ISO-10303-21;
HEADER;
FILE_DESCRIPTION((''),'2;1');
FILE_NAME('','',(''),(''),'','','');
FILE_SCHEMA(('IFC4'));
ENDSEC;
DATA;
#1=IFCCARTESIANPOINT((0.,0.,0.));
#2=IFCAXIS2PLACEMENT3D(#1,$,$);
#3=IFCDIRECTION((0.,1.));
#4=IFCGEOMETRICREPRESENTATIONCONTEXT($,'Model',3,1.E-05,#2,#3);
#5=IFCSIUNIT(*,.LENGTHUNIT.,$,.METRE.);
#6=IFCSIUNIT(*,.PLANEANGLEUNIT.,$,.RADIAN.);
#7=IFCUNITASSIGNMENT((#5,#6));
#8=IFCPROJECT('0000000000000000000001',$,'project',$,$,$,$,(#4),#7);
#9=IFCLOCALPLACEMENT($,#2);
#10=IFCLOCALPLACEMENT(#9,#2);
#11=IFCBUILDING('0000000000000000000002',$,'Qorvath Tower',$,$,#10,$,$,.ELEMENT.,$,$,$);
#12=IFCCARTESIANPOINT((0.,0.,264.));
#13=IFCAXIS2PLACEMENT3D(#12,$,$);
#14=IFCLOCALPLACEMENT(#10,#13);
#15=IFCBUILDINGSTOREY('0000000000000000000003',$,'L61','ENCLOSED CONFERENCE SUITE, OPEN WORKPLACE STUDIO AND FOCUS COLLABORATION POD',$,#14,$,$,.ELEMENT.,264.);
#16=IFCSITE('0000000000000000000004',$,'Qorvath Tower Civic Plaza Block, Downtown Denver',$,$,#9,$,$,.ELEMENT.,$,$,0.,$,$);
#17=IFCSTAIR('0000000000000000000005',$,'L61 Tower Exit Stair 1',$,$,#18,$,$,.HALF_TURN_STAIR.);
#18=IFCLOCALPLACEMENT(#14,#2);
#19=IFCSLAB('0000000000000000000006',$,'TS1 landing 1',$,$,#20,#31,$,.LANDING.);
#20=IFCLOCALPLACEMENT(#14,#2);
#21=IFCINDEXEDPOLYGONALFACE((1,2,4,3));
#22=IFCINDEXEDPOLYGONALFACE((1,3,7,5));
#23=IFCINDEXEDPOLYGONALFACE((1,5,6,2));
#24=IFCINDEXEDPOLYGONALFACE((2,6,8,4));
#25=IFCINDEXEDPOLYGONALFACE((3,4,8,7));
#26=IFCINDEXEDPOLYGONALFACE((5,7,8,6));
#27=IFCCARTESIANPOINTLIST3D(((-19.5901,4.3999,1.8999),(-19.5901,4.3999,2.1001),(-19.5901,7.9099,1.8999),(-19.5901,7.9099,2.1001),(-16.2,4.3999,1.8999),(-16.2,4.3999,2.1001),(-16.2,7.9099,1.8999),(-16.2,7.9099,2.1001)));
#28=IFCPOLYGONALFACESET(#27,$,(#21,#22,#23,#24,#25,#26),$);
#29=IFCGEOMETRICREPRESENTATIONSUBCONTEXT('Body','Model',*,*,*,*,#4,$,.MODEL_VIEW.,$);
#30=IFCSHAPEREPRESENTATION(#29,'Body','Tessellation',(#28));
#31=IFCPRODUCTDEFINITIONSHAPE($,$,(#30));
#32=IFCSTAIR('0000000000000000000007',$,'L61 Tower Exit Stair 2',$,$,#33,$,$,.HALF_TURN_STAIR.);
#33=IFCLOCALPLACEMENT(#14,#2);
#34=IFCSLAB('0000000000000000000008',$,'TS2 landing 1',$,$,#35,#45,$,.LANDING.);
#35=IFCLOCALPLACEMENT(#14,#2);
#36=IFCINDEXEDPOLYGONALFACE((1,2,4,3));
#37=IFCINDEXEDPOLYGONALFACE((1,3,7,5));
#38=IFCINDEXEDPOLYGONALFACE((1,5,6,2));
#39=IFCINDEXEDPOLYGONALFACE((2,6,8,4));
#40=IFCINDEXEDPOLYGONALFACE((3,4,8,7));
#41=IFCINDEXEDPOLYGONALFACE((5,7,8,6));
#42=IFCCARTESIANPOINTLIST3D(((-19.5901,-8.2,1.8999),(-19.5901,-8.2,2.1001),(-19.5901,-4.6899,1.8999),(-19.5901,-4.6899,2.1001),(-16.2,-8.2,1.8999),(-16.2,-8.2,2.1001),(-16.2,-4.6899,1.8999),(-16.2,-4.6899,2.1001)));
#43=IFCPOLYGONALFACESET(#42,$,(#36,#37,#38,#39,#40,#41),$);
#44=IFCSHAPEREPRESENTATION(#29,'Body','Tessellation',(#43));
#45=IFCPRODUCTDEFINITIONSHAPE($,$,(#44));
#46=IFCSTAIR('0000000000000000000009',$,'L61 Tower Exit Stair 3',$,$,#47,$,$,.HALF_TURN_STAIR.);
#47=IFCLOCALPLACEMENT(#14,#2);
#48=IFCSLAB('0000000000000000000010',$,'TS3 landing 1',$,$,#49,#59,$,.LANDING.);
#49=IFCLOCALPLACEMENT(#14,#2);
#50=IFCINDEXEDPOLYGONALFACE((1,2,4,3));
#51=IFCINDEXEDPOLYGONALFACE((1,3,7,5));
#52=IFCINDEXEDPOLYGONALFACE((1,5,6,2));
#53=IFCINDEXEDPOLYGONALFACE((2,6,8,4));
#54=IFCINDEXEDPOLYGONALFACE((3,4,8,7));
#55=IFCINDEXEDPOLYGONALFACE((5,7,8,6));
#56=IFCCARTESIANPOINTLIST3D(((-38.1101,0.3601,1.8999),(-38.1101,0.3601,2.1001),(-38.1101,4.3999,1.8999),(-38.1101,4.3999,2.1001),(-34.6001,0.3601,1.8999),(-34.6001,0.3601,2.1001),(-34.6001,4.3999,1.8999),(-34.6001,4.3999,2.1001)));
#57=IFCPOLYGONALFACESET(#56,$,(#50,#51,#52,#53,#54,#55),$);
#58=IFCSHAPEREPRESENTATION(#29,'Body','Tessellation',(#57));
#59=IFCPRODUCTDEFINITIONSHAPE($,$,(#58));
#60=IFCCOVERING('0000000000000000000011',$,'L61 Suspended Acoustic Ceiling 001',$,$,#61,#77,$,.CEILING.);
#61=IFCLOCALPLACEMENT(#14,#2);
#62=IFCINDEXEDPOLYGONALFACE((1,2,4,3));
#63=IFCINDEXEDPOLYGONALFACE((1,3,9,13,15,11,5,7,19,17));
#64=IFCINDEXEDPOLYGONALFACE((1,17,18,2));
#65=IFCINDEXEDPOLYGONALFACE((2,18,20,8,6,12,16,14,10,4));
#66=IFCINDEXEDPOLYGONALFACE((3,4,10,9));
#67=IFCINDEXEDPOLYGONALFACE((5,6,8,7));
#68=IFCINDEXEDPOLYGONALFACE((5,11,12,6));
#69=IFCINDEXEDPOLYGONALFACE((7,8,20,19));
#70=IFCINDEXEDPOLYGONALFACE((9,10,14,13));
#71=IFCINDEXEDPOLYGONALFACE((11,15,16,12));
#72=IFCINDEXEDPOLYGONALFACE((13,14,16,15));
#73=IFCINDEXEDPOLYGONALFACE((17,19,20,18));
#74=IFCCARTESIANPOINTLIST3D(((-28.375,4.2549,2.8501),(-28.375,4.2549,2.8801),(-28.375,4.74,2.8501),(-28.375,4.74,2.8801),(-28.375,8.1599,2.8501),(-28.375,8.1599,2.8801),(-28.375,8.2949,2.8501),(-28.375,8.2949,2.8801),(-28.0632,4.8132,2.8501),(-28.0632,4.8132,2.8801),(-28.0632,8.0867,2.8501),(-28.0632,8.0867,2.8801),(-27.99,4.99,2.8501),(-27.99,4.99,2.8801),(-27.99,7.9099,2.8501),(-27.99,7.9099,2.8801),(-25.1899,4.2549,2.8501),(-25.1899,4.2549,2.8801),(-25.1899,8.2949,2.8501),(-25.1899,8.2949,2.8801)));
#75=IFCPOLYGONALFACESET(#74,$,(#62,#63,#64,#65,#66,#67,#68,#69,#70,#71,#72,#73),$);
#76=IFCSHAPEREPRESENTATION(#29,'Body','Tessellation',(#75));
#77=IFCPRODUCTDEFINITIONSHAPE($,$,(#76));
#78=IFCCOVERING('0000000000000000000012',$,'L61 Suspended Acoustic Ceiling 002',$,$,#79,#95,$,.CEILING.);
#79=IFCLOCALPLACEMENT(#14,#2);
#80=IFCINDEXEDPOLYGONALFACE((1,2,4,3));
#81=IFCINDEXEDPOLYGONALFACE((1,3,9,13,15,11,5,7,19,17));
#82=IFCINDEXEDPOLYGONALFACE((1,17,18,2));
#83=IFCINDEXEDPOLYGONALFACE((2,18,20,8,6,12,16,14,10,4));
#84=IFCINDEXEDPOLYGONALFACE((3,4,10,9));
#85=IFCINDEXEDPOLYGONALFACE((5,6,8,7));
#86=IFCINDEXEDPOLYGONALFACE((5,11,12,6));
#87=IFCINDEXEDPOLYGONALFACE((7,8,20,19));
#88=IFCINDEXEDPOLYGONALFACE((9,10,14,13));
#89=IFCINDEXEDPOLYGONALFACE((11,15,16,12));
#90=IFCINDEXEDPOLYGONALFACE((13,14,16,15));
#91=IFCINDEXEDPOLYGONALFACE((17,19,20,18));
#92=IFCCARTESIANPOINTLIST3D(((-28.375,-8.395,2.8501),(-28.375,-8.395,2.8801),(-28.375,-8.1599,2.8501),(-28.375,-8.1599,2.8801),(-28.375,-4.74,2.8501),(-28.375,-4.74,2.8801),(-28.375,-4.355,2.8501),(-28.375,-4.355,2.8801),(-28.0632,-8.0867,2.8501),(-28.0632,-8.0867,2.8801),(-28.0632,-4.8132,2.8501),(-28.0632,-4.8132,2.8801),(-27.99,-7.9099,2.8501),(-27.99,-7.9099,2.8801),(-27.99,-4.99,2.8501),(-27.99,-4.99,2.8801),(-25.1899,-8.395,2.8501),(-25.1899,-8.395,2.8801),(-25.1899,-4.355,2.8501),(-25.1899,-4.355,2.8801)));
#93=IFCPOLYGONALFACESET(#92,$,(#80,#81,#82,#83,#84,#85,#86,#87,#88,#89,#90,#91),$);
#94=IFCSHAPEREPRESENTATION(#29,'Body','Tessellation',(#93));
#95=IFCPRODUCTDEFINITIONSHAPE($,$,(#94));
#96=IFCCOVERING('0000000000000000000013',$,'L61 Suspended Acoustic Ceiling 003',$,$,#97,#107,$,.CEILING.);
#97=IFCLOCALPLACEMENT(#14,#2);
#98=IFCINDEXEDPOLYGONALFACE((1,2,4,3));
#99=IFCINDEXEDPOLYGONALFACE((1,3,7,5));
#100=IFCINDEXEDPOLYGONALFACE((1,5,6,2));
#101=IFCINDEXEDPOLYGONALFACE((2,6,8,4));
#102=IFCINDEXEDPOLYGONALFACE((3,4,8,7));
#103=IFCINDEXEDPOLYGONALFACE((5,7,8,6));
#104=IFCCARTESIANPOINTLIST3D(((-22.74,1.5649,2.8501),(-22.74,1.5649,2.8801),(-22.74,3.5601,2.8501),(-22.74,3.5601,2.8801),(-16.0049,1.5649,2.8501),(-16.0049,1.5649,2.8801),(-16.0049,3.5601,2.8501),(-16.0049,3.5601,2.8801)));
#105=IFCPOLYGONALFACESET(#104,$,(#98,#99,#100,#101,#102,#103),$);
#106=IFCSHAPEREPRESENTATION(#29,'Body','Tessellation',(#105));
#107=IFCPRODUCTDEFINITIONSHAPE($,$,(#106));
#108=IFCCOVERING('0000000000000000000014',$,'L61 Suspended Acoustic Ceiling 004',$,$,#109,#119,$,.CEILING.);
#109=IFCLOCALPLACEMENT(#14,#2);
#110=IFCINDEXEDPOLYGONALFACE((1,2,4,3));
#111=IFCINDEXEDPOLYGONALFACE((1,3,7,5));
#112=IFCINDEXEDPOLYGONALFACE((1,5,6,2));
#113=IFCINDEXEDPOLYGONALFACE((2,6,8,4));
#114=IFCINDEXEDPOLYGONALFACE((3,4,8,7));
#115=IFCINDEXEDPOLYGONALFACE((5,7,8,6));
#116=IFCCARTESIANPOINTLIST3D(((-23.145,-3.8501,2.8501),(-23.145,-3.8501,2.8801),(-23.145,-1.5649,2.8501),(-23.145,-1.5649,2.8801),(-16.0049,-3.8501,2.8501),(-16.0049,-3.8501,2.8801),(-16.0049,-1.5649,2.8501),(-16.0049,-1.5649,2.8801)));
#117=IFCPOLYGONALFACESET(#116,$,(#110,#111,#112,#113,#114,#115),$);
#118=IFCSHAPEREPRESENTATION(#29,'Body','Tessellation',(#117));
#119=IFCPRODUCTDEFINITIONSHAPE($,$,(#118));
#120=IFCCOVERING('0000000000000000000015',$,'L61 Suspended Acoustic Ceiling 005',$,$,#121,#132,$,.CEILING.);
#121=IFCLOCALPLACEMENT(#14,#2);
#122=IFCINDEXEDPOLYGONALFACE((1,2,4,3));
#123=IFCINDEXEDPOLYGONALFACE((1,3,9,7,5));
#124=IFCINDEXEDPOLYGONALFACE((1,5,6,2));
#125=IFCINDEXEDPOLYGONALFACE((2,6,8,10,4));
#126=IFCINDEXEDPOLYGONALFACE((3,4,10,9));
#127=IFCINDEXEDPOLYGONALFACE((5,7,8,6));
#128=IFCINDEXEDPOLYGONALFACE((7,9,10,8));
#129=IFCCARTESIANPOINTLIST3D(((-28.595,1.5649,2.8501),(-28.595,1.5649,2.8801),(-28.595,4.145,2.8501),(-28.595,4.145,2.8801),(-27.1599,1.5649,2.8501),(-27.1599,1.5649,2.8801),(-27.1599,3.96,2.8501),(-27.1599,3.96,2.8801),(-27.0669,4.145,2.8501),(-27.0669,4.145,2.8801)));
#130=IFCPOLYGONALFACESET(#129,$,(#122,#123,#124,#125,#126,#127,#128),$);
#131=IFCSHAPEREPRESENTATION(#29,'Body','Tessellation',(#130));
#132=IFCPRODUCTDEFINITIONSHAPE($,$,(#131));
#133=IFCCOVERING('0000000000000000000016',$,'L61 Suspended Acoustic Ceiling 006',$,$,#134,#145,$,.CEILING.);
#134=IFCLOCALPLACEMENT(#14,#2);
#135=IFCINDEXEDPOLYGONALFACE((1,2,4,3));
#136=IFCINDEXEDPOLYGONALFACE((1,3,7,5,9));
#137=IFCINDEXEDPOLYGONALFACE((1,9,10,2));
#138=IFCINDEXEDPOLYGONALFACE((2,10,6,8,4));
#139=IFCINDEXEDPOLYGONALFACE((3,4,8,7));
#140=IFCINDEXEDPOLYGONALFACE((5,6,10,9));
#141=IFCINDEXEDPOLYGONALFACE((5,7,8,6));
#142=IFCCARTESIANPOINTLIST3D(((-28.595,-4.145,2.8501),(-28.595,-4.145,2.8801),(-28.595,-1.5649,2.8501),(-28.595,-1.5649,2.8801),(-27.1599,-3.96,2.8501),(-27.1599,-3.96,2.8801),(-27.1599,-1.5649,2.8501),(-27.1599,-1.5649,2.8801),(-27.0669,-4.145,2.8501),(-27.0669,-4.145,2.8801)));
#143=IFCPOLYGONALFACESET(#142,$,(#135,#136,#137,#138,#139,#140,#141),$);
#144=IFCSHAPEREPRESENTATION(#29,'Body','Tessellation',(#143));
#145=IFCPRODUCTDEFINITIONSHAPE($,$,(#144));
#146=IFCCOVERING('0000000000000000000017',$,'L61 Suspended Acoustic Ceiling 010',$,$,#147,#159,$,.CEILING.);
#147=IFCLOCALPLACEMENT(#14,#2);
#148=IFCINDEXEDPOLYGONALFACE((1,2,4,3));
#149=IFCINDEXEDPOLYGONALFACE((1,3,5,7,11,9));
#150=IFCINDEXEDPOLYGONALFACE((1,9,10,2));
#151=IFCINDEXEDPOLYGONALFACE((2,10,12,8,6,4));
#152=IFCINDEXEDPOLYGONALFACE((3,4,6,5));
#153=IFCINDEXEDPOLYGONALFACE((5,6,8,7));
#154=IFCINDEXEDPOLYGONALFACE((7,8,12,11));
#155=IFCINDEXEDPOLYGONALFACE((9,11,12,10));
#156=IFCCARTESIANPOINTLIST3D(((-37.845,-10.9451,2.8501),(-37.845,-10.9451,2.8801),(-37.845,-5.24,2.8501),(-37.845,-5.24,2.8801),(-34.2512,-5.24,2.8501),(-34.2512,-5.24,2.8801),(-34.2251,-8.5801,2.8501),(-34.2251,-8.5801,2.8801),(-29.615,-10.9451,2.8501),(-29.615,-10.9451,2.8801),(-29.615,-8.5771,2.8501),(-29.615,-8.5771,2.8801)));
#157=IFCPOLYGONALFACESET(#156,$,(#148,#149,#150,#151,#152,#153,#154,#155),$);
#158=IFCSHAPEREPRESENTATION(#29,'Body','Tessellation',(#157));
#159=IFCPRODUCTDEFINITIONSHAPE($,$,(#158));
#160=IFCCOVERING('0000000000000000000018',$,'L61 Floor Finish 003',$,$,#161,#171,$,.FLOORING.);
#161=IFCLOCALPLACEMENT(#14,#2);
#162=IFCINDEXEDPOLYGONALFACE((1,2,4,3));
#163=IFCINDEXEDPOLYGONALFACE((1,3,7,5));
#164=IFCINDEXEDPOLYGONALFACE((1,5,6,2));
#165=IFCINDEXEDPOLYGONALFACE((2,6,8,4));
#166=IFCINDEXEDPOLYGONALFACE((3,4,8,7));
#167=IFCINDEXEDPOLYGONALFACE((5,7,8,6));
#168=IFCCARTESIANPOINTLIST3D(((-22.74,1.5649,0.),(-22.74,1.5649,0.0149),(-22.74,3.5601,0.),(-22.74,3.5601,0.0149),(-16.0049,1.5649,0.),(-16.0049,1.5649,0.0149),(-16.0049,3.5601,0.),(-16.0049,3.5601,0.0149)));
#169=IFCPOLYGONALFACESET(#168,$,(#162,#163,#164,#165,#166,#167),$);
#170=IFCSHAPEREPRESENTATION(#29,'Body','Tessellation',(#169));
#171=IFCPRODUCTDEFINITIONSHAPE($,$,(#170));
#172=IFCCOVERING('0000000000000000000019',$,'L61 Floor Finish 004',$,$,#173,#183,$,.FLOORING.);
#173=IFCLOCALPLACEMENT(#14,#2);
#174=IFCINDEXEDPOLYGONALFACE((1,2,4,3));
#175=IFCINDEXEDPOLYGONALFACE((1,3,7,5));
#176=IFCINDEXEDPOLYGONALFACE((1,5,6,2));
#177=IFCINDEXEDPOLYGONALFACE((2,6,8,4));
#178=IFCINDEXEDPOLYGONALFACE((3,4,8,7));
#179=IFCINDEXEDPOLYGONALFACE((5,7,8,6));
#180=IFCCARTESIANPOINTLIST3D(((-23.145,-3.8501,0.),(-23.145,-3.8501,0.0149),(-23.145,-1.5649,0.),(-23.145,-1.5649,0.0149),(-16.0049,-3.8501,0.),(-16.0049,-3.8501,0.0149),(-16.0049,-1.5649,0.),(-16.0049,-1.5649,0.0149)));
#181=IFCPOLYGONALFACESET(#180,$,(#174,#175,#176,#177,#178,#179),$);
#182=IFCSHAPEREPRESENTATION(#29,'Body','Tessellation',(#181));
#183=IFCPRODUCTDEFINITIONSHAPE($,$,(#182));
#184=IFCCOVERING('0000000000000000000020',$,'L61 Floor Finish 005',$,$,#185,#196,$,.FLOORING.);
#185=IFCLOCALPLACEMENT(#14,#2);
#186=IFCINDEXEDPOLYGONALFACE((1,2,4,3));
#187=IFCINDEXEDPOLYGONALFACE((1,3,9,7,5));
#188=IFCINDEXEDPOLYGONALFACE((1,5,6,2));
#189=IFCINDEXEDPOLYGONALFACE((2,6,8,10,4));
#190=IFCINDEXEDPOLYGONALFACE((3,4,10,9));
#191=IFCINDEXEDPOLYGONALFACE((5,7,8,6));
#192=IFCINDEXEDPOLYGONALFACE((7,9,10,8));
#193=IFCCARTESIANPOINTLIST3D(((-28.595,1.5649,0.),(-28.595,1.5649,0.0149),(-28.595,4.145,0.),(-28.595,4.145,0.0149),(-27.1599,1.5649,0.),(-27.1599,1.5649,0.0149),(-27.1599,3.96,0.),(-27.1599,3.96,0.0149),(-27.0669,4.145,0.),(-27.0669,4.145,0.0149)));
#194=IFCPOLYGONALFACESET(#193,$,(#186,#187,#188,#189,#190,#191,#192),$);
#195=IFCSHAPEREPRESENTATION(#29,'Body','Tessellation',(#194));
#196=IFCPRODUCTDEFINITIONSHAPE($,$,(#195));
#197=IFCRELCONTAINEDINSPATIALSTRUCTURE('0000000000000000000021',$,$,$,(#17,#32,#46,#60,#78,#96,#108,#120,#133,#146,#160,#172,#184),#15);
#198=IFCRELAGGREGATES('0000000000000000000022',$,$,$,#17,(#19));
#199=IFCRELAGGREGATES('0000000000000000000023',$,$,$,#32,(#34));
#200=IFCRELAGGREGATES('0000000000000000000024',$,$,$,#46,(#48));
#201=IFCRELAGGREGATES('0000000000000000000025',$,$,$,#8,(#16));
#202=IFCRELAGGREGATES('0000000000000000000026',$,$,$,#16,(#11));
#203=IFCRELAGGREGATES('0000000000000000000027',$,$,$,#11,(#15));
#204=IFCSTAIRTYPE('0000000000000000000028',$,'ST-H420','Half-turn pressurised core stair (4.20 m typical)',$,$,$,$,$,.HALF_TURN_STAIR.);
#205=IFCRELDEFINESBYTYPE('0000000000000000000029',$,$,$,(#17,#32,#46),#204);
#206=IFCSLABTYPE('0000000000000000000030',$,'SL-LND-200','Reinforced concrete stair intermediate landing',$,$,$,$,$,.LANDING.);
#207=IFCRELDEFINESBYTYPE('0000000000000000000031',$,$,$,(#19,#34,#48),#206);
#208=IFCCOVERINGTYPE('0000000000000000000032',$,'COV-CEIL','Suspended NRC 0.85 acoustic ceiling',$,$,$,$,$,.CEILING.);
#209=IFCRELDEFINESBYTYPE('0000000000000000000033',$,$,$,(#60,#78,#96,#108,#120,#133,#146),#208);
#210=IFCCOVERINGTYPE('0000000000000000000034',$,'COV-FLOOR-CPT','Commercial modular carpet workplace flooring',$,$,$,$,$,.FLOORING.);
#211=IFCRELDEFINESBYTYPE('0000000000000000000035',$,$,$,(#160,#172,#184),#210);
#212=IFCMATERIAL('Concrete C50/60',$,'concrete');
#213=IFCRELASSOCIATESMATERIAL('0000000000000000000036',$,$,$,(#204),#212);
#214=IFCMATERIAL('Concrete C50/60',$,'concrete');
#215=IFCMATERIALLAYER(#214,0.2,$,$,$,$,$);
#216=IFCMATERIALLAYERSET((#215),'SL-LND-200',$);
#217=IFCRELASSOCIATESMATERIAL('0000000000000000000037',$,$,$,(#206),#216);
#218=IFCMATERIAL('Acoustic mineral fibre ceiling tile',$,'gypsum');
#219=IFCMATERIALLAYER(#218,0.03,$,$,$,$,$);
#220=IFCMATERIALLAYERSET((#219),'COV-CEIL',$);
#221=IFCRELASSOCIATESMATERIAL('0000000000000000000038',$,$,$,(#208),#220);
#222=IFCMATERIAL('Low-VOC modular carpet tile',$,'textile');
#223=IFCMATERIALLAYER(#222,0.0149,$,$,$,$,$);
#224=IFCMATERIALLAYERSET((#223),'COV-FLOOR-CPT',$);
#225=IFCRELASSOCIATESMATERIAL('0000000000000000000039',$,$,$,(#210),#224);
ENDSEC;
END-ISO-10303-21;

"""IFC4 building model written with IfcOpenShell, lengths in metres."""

from ifc_helpers import new_model, si_unit, direction, frame, origin, place, context, subcontext, project, spatial, polyline, outline, extrude, material, layer, layer_set, type_object, element, aggregate, save


model = new_model("IFC4")

# Units and contexts
model_context = context("Model", 3, precision=1e-05, world=origin(), true_north=direction((0.0, 1.0)))
body_context = subcontext(model_context, "Body", "Model", "MODEL_VIEW")
ifc_project = project(units=[si_unit("LENGTHUNIT", "METRE"), si_unit("PLANEANGLEUNIT", "RADIAN")], contexts=[model_context])

# Site, building, storey
site_placement = place(None, origin())
site = spatial("IfcSite", under=ifc_project, at=site_placement, Name="Qorvath Tower Civic Plaza Block, Downtown Denver", CompositionType="ELEMENT", RefElevation=0.0)
building_placement = place(site_placement, origin())
building = spatial("IfcBuilding", under=site, at=building_placement, Name="Qorvath Tower", CompositionType="ELEMENT")
storey_placement = place(building_placement, frame((0.0, 0.0, 264.0)))
storey = spatial("IfcBuildingStorey", under=building, at=storey_placement, Name="L61", Description="ENCLOSED CONFERENCE SUITE, OPEN WORKPLACE STUDIO AND FOCUS COLLABORATION POD", CompositionType="ELEMENT", Elevation=264.0)

# Stairs, slabs
ifc_material_1 = material(Name="Concrete C50/60", Category="concrete")
stair_type = type_object("IfcStairType", Name="ST-H420", Description="Half-turn pressurised core stair (4.20 m typical)", PredefinedType="HALF_TURN_STAIR", material=ifc_material_1)
stair_1_placement = place(storey_placement, origin())
stair_1 = element("IfcStair", 1, at=stair_1_placement, inside=storey, type_object=stair_type, Name="L61 Tower Exit Stair 1", PredefinedType="HALF_TURN_STAIR")
ifc_material_2 = material(Name="Concrete C50/60", Category="concrete")
ifc_layer_1 = layer(ifc_material_2, 0.2)
ifc_layer_set_1 = layer_set([ifc_layer_1], Name="SL-LND-200")
slab_type = type_object("IfcSlabType", Name="SL-LND-200", Description="Reinforced concrete stair intermediate landing", PredefinedType="LANDING", material=ifc_layer_set_1)
slab_1_placement = place(storey_placement, frame((0.0, 0.0, 1.8999)))
slab_1 = element("IfcSlab", 2, at=slab_1_placement, type_object=slab_type, Name="TS1 landing 1", PredefinedType="LANDING", context=body_context, shape_type="SweptSolid", body=[
    extrude(outline(polyline([(-19.5901, 4.3999), (-16.2, 4.3999), (-16.2, 7.9099), (-19.5901, 7.9099), (-19.5901, 4.3999)])), origin(), (0.0, 0.0, 1.0), 0.2002),
])
aggregate(stair_1, [slab_1])
stair_2_placement = place(storey_placement, origin())
stair_2 = element("IfcStair", 3, at=stair_2_placement, inside=storey, type_object=stair_type, Name="L61 Tower Exit Stair 2", PredefinedType="HALF_TURN_STAIR")
slab_2_placement = place(storey_placement, frame((0.0, 0.0, 1.8999)))
slab_2 = element("IfcSlab", 4, at=slab_2_placement, type_object=slab_type, Name="TS2 landing 1", PredefinedType="LANDING", context=body_context, shape_type="SweptSolid", body=[
    extrude(outline(polyline([(-19.5901, -8.2), (-16.2, -8.2), (-16.2, -4.6899), (-19.5901, -4.6899), (-19.5901, -8.2)])), origin(), (0.0, 0.0, 1.0), 0.2002),
])
aggregate(stair_2, [slab_2])
stair_3_placement = place(storey_placement, origin())
stair_3 = element("IfcStair", 5, at=stair_3_placement, inside=storey, type_object=stair_type, Name="L61 Tower Exit Stair 3", PredefinedType="HALF_TURN_STAIR")
slab_3_placement = place(storey_placement, frame((0.0, 0.0, 1.8999)))
slab_3 = element("IfcSlab", 6, at=slab_3_placement, type_object=slab_type, Name="TS3 landing 1", PredefinedType="LANDING", context=body_context, shape_type="SweptSolid", body=[
    extrude(outline(polyline([(-34.6001, 0.3601), (-34.6001, 4.3999), (-38.1101, 4.3999), (-38.1101, 0.3601), (-34.6001, 0.3601)])), origin(), (0.0, 0.0, 1.0), 0.2002),
])
aggregate(stair_3, [slab_3])

# Coverings
ifc_material_3 = material(Name="Acoustic mineral fibre ceiling tile", Category="gypsum")
ifc_layer_2 = layer(ifc_material_3, 0.03)
ifc_layer_set_2 = layer_set([ifc_layer_2], Name="COV-CEIL")
covering_type_1 = type_object("IfcCoveringType", Name="COV-CEIL", Description="Suspended NRC 0.85 acoustic ceiling", PredefinedType="CEILING", material=ifc_layer_set_2)
covering_1_placement = place(storey_placement, frame((0.0, 0.0, 2.8501)))
element("IfcCovering", 7, at=covering_1_placement, inside=storey, type_object=covering_type_1, Name="L61 Suspended Acoustic Ceiling 001", PredefinedType="CEILING", context=body_context, shape_type="SweptSolid", body=[
    extrude(outline(polyline([(-25.1899, 4.2549), (-25.1899, 8.2949), (-28.375, 8.2949), (-28.375, 8.1599), (-28.0632, 8.0867), (-27.99, 7.9099), (-27.99, 4.99), (-28.0632, 4.8132), (-28.375, 4.74), (-28.375, 4.2549), (-25.1899, 4.2549)])), origin(), (0.0, 0.0, 1.0), 0.03),
])
covering_2_placement = place(storey_placement, frame((0.0, 0.0, 2.8501)))
element("IfcCovering", 8, at=covering_2_placement, inside=storey, type_object=covering_type_1, Name="L61 Suspended Acoustic Ceiling 002", PredefinedType="CEILING", context=body_context, shape_type="SweptSolid", body=[
    extrude(outline(polyline([(-25.1899, -8.395), (-25.1899, -4.355), (-28.375, -4.355), (-28.375, -4.74), (-28.0632, -4.8132), (-27.99, -4.99), (-27.99, -7.9099), (-28.0632, -8.0867), (-28.375, -8.1599), (-28.375, -8.395), (-25.1899, -8.395)])), origin(), (0.0, 0.0, 1.0), 0.03),
])
covering_3_placement = place(storey_placement, frame((0.0, 0.0, 2.8501)))
element("IfcCovering", 9, at=covering_3_placement, inside=storey, type_object=covering_type_1, Name="L61 Suspended Acoustic Ceiling 003", PredefinedType="CEILING", context=body_context, shape_type="SweptSolid", body=[
    extrude(outline(polyline([(-16.0049, 3.5601), (-22.74, 3.5601), (-22.74, 1.5649), (-16.0049, 1.5649), (-16.0049, 3.5601)])), origin(), (0.0, 0.0, 1.0), 0.03),
])
covering_4_placement = place(storey_placement, frame((0.0, 0.0, 2.8501)))
element("IfcCovering", 10, at=covering_4_placement, inside=storey, type_object=covering_type_1, Name="L61 Suspended Acoustic Ceiling 004", PredefinedType="CEILING", context=body_context, shape_type="SweptSolid", body=[
    extrude(outline(polyline([(-23.145, -3.8501), (-16.0049, -3.8501), (-16.0049, -1.5649), (-23.145, -1.5649), (-23.145, -3.8501)])), origin(), (0.0, 0.0, 1.0), 0.03),
])
covering_5_placement = place(storey_placement, frame((0.0, 0.0, 2.8501)))
element("IfcCovering", 11, at=covering_5_placement, inside=storey, type_object=covering_type_1, Name="L61 Suspended Acoustic Ceiling 005", PredefinedType="CEILING", context=body_context, shape_type="SweptSolid", body=[
    extrude(outline(polyline([(-27.1599, 1.5649), (-27.1599, 3.96), (-27.0669, 4.145), (-28.595, 4.145), (-28.595, 1.5649), (-27.1599, 1.5649)])), origin(), (0.0, 0.0, 1.0), 0.03),
])
covering_6_placement = place(storey_placement, frame((0.0, 0.0, 2.8501)))
element("IfcCovering", 12, at=covering_6_placement, inside=storey, type_object=covering_type_1, Name="L61 Suspended Acoustic Ceiling 006", PredefinedType="CEILING", context=body_context, shape_type="SweptSolid", body=[
    extrude(outline(polyline([(-27.0669, -4.145), (-27.1599, -3.96), (-27.1599, -1.5649), (-28.595, -1.5649), (-28.595, -4.145), (-27.0669, -4.145)])), origin(), (0.0, 0.0, 1.0), 0.03),
])
covering_7_placement = place(storey_placement, frame((0.0, 0.0, 2.8501)))
element("IfcCovering", 13, at=covering_7_placement, inside=storey, type_object=covering_type_1, Name="L61 Suspended Acoustic Ceiling 010", PredefinedType="CEILING", context=body_context, shape_type="SweptSolid", body=[
    extrude(outline(polyline([(-34.2251, -8.5801), (-34.2512, -5.24), (-37.845, -5.24), (-37.845, -10.9451), (-29.615, -10.9451), (-29.615, -8.5771), (-34.2251, -8.5801)])), origin(), (0.0, 0.0, 1.0), 0.03),
])
ifc_material_4 = material(Name="Low-VOC modular carpet tile", Category="textile")
ifc_layer_3 = layer(ifc_material_4, 0.0149)
ifc_layer_set_3 = layer_set([ifc_layer_3], Name="COV-FLOOR-CPT")
covering_type_2 = type_object("IfcCoveringType", Name="COV-FLOOR-CPT", Description="Commercial modular carpet workplace flooring", PredefinedType="FLOORING", material=ifc_layer_set_3)
covering_8_placement = place(storey_placement, origin())
element("IfcCovering", 14, at=covering_8_placement, inside=storey, type_object=covering_type_2, Name="L61 Floor Finish 003", PredefinedType="FLOORING", context=body_context, shape_type="SweptSolid", body=[
    extrude(outline(polyline([(-16.0049, 3.5601), (-22.74, 3.5601), (-22.74, 1.5649), (-16.0049, 1.5649), (-16.0049, 3.5601)])), origin(), (0.0, 0.0, 1.0), 0.0149),
])
covering_9_placement = place(storey_placement, origin())
element("IfcCovering", 15, at=covering_9_placement, inside=storey, type_object=covering_type_2, Name="L61 Floor Finish 004", PredefinedType="FLOORING", context=body_context, shape_type="SweptSolid", body=[
    extrude(outline(polyline([(-23.145, -3.8501), (-16.0049, -3.8501), (-16.0049, -1.5649), (-23.145, -1.5649), (-23.145, -3.8501)])), origin(), (0.0, 0.0, 1.0), 0.0149),
])
covering_10_placement = place(storey_placement, origin())
element("IfcCovering", 16, at=covering_10_placement, inside=storey, type_object=covering_type_2, Name="L61 Floor Finish 005", PredefinedType="FLOORING", context=body_context, shape_type="SweptSolid", body=[
    extrude(outline(polyline([(-27.1599, 1.5649), (-27.1599, 3.96), (-27.0669, 4.145), (-28.595, 4.145), (-28.595, 1.5649), (-27.1599, 1.5649)])), origin(), (0.0, 0.0, 1.0), 0.0149),
])

save(model, "model.ifc")
